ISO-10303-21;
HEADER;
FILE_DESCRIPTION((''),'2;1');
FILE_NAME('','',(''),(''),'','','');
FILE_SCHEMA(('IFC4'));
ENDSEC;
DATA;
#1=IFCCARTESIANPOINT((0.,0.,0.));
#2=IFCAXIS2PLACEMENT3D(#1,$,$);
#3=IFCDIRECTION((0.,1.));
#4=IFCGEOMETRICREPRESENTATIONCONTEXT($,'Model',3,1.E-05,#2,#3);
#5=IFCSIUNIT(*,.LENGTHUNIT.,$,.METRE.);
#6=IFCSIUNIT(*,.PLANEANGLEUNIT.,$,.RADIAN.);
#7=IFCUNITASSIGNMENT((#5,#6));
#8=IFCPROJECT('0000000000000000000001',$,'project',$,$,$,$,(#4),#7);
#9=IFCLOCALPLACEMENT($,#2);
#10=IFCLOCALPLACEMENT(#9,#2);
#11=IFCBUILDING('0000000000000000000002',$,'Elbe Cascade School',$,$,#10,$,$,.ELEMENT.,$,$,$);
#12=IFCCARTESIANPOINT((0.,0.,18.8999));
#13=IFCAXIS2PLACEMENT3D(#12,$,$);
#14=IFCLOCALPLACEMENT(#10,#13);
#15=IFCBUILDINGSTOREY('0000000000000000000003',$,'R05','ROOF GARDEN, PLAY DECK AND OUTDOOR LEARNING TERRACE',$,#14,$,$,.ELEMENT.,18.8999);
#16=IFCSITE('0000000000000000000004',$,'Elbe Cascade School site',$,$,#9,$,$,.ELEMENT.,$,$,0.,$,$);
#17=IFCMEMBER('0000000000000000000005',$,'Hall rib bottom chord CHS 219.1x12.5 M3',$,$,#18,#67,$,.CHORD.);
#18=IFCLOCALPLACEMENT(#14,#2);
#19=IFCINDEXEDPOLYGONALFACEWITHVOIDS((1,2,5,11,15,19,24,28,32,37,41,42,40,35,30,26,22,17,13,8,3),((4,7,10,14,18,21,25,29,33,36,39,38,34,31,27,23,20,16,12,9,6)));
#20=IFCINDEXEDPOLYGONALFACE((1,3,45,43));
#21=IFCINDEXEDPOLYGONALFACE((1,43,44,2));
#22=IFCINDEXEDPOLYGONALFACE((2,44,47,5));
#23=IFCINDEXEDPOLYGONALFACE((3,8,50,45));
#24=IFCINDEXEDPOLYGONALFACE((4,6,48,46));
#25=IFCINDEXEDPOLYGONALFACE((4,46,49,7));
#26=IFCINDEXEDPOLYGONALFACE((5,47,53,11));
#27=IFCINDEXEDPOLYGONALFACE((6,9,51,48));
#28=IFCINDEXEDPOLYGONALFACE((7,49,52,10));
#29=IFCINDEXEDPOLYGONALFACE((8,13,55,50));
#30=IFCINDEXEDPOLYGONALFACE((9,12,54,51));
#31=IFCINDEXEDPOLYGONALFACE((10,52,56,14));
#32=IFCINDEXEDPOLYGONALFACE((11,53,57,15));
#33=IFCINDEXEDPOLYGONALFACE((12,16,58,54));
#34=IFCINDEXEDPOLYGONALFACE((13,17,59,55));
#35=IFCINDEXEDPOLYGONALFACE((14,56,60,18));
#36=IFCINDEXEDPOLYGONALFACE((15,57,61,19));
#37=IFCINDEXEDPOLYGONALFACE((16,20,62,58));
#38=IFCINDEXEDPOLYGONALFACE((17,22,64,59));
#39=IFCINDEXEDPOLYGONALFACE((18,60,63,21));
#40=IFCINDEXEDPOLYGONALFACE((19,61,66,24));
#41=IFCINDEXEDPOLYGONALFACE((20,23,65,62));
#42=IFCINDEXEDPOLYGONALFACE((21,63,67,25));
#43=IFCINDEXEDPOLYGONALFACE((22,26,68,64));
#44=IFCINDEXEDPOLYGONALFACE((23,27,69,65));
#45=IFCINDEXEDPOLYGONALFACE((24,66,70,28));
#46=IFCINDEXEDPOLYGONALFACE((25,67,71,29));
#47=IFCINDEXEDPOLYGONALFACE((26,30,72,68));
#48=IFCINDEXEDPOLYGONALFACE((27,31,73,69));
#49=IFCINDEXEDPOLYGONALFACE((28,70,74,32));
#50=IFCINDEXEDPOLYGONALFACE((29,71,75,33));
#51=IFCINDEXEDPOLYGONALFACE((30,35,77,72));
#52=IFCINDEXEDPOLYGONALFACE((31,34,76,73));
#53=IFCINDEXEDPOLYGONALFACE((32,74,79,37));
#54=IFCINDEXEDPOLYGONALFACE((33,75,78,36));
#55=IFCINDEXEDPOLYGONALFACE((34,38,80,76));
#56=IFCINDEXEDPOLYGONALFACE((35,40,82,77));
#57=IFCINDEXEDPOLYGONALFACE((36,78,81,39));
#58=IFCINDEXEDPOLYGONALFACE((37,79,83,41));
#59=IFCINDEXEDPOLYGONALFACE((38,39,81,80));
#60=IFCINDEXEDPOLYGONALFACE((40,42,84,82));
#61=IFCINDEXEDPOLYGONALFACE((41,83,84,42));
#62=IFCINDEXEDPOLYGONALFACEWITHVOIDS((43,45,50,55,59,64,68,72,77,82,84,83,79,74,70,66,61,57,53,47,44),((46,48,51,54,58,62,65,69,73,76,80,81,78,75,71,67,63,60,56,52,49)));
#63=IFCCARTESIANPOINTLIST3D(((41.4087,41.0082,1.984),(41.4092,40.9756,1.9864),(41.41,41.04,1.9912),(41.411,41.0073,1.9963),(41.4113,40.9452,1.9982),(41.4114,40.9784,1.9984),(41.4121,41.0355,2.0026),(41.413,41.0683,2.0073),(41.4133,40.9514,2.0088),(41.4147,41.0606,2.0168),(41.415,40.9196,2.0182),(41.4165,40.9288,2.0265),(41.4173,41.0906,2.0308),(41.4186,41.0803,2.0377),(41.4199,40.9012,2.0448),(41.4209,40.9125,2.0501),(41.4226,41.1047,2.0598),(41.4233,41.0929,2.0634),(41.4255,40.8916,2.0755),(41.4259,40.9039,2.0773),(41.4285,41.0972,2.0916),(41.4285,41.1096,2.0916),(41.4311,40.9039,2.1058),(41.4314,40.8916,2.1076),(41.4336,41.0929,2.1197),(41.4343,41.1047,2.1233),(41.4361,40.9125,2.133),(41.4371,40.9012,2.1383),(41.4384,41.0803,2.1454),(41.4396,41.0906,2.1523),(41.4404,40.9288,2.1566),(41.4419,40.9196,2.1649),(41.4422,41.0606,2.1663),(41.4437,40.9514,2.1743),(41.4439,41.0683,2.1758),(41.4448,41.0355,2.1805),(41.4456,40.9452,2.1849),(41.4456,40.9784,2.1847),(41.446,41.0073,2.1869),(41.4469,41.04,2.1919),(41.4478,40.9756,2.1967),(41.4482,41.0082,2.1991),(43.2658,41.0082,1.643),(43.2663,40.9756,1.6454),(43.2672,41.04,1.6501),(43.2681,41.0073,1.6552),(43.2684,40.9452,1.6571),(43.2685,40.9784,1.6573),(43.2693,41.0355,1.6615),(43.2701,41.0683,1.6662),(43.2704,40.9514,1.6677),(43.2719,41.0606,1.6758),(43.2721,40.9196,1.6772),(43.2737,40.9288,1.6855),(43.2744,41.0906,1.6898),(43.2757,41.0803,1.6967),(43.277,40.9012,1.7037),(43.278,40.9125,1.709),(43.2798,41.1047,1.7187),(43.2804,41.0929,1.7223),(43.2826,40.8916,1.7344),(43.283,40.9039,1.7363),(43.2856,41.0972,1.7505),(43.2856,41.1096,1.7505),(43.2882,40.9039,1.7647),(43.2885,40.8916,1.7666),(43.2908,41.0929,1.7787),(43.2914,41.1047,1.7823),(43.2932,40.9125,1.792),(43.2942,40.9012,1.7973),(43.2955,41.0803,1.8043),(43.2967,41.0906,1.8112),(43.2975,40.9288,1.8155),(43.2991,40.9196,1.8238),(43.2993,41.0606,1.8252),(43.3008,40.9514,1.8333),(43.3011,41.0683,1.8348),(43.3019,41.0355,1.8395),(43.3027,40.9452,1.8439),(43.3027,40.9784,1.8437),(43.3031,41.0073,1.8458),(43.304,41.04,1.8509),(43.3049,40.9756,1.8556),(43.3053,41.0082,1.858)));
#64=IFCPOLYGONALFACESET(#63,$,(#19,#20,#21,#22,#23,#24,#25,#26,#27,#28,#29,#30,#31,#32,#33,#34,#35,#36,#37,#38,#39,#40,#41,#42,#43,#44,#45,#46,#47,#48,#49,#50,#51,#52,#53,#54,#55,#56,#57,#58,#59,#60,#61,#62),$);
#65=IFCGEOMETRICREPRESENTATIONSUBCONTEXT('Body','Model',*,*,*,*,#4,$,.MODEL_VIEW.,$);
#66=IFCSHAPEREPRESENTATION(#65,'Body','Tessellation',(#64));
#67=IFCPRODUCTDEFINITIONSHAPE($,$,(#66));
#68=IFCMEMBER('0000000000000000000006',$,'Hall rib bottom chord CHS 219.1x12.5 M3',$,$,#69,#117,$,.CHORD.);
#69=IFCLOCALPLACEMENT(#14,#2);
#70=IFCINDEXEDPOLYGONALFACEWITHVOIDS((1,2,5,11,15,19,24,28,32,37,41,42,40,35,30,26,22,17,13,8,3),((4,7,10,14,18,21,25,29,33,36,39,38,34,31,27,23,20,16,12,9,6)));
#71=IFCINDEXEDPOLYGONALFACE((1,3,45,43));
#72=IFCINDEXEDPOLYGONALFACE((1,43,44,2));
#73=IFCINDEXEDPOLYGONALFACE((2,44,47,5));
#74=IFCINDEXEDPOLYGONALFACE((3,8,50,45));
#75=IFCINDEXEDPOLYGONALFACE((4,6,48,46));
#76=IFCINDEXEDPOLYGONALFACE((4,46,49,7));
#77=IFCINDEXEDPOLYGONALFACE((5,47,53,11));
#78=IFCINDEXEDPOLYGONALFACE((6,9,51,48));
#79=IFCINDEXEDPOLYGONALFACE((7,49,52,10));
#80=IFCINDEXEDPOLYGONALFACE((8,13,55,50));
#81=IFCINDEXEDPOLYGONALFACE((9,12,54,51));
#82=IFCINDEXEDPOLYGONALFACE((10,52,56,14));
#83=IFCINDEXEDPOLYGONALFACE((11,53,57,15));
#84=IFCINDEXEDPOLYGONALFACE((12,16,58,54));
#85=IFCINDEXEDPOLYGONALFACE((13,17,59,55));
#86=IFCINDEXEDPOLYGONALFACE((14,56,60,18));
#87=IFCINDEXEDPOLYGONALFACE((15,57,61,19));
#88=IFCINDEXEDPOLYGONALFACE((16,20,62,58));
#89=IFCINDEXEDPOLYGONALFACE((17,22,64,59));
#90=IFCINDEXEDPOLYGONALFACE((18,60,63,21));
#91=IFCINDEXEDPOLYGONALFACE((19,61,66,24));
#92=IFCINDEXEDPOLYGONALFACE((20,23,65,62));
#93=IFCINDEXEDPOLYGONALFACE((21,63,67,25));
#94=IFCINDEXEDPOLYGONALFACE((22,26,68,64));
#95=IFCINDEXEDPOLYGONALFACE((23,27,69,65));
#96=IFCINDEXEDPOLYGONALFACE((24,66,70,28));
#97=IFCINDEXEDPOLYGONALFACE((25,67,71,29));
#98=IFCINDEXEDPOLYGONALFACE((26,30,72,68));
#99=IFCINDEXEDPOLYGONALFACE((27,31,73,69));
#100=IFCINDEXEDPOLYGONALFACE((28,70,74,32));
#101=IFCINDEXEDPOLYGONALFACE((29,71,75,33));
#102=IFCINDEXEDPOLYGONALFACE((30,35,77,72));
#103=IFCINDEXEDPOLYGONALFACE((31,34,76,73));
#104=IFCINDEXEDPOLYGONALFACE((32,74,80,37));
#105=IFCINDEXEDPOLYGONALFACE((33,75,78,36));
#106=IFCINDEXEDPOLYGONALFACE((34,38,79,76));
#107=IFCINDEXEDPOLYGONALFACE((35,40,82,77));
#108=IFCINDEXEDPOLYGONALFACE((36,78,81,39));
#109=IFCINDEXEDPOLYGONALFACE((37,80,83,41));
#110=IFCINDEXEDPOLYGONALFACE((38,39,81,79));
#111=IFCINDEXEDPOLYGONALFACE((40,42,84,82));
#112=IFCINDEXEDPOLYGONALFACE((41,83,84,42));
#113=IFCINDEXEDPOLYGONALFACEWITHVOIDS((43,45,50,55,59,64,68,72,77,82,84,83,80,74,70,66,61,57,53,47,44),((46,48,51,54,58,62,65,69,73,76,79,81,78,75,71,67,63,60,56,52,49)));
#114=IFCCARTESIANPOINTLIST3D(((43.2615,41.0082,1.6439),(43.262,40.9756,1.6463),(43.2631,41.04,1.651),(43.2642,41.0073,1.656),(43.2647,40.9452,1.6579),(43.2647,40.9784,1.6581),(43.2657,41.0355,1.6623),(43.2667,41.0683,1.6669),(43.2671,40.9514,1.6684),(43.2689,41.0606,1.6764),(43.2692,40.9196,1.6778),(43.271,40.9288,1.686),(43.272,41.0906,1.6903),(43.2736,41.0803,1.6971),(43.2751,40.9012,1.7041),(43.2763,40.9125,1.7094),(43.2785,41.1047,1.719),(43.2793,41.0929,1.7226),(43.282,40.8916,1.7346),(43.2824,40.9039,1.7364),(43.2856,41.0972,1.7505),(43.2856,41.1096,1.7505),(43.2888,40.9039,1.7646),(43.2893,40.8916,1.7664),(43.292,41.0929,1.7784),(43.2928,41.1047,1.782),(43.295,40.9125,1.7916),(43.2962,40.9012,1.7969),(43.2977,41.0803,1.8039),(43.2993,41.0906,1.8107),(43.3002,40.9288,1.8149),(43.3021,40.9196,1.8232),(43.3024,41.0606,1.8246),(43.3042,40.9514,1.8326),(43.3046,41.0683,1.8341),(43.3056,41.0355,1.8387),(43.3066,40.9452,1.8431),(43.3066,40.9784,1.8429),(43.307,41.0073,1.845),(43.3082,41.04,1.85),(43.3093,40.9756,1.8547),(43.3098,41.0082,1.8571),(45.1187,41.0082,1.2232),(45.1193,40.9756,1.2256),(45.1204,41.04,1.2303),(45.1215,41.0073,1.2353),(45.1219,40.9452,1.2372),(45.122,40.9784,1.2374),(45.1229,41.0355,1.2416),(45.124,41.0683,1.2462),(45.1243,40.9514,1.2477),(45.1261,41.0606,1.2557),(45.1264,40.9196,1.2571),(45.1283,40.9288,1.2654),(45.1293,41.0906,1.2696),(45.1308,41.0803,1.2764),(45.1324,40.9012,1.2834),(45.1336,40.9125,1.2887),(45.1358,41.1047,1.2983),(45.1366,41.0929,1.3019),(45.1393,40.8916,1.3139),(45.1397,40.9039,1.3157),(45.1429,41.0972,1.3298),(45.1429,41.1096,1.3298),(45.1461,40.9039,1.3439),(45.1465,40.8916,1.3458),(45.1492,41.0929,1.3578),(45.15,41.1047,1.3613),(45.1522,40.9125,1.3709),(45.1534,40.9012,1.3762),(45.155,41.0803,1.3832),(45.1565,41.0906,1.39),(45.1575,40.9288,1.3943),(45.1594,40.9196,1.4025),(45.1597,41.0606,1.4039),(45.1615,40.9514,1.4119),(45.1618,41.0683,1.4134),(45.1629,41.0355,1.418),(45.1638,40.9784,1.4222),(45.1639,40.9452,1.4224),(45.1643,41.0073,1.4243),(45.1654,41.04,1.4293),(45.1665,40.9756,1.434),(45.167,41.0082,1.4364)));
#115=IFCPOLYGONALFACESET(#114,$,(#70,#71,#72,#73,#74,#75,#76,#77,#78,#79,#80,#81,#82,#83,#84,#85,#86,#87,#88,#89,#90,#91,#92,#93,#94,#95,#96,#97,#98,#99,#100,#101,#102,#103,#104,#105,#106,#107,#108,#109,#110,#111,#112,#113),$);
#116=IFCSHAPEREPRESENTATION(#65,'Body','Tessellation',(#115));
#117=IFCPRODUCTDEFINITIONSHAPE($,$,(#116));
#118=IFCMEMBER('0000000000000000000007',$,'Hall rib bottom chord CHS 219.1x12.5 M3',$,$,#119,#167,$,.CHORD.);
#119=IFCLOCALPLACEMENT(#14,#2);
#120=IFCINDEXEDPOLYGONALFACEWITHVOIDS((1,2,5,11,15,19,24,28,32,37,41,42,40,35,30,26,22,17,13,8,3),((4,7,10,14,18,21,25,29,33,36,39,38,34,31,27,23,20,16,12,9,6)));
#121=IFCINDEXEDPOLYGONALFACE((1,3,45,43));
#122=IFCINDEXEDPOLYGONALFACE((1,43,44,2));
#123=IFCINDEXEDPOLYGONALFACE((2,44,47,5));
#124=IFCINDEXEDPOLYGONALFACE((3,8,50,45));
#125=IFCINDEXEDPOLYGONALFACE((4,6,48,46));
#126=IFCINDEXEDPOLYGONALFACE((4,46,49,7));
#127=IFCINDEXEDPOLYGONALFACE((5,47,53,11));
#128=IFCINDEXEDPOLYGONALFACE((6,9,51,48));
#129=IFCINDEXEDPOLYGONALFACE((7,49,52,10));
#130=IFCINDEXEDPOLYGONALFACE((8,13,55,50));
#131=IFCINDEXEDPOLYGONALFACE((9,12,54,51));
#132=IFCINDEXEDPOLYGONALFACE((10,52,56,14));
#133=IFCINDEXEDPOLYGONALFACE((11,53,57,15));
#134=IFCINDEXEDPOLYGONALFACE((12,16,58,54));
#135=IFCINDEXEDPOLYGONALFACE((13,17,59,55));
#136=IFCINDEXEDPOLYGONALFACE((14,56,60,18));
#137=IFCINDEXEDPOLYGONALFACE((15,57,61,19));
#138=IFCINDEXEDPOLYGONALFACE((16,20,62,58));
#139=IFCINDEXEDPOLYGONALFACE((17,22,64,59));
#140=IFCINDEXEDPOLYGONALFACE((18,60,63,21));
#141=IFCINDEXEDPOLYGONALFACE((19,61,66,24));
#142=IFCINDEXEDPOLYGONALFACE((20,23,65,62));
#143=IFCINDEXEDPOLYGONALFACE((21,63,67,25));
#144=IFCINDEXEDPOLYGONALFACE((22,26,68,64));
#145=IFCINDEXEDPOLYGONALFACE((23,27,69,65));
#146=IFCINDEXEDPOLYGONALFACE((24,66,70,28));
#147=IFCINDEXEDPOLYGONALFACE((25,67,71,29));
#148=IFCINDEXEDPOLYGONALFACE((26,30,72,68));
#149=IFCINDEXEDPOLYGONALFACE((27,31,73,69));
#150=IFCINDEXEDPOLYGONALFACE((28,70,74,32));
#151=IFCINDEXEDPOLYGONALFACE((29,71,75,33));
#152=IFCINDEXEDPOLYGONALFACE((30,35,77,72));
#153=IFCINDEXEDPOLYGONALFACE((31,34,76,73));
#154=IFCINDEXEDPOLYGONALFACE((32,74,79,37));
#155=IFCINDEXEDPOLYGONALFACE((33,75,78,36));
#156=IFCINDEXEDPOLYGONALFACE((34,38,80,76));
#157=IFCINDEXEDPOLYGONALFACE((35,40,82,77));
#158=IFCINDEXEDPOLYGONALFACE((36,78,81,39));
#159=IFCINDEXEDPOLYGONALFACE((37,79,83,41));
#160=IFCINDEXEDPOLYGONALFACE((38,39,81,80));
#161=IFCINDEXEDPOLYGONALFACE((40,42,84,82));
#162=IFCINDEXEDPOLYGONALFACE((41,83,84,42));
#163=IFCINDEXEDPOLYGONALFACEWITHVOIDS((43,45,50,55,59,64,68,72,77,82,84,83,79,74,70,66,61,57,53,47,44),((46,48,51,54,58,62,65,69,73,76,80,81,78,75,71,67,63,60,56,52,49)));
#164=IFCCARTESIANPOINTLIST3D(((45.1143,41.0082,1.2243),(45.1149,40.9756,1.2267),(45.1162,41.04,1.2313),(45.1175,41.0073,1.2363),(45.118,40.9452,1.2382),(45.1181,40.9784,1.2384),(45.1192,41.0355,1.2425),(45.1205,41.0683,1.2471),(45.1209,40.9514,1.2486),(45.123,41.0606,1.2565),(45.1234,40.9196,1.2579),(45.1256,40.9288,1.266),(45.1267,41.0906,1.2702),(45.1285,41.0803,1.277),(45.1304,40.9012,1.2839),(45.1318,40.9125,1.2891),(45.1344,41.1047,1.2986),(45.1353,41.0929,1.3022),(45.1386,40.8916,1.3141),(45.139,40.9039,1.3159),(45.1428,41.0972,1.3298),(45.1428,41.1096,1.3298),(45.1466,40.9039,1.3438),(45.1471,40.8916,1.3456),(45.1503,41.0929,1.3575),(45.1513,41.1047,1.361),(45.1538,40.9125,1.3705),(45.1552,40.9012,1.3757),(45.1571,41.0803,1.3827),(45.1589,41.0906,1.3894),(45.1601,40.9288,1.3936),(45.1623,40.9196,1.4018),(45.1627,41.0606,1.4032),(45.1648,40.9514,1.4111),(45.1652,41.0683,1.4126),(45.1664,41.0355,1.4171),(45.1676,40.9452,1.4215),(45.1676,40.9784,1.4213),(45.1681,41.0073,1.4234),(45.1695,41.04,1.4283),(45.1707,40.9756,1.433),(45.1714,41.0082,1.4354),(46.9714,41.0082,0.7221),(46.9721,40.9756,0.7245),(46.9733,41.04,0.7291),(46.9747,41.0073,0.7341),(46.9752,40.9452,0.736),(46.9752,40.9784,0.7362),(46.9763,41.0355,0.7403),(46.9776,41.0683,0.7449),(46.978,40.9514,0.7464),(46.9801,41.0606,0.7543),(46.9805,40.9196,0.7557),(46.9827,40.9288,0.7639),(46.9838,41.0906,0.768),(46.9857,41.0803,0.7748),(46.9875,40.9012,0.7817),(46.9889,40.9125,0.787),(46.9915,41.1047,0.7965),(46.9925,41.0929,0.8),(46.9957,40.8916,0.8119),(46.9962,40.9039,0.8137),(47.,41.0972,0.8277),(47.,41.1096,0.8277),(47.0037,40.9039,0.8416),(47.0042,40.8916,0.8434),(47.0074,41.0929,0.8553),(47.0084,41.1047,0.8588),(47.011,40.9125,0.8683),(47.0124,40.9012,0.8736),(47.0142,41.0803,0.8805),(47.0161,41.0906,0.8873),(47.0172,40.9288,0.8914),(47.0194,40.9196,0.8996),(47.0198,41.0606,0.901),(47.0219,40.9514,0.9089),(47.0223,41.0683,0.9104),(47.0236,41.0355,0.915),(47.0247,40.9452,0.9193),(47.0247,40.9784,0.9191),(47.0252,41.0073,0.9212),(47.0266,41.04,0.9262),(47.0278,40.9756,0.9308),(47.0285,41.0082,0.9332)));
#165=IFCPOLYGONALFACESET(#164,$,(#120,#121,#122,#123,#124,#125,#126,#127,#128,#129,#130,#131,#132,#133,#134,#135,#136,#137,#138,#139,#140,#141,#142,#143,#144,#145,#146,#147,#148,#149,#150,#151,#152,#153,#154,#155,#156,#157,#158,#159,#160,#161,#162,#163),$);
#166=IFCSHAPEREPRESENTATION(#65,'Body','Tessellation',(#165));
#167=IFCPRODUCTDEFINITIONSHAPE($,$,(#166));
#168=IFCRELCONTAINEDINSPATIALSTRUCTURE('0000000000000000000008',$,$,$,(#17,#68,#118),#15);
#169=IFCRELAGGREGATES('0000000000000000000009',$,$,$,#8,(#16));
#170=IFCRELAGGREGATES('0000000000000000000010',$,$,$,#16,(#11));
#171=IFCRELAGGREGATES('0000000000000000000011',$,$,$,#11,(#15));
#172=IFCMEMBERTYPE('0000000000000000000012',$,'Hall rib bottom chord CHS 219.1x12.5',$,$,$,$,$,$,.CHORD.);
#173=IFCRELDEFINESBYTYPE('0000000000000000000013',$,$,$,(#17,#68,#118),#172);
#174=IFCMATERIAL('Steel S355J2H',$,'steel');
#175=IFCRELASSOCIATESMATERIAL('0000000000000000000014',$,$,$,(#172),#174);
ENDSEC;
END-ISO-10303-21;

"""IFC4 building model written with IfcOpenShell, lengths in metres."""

from ifc_helpers import new_model, si_unit, direction, frame, origin, origin_2d, place, context, subcontext, project, spatial, hollow_circle, extrude, material, material_profile, profile_set, type_object, element, save


model = new_model("IFC4")

# Units and contexts
model_context = context("Model", 3, precision=1e-05, world=origin(), true_north=direction((0.0, 1.0)))
body_context = subcontext(model_context, "Body", "Model", "MODEL_VIEW")
ifc_project = project(units=[si_unit("LENGTHUNIT", "METRE"), si_unit("PLANEANGLEUNIT", "RADIAN")], contexts=[model_context])

# Site, building, storey
site_placement = place(None, origin())
site = spatial("IfcSite", under=ifc_project, at=site_placement, Name="Elbe Cascade School site", CompositionType="ELEMENT", RefElevation=0.0)
building_placement = place(site_placement, origin())
building = spatial("IfcBuilding", under=site, at=building_placement, Name="Elbe Cascade School", CompositionType="ELEMENT")
storey_placement = place(building_placement, frame((0.0, 0.0, 18.8999)))
storey = spatial("IfcBuildingStorey", under=building, at=storey_placement, Name="R05", Description="ROOF GARDEN, PLAY DECK AND OUTDOOR LEARNING TERRACE", CompositionType="ELEMENT", Elevation=18.8999)

# Members
ifc_material_1 = material(Name="Steel S355J2H", Category="steel")
ifc_material_profile_1 = material_profile(ifc_material_1, hollow_circle(Radius=0.1096, WallThickness=0.0125, at=origin_2d()), Name="CHS 219.1x12.5")
ifc_profile_set_1 = profile_set([ifc_material_profile_1], Name="Steel S355J2H")
member_type_1 = type_object("IfcMemberType", Name="Hall rib bottom chord CHS 219.1x12.5", PredefinedType="CHORD", material=ifc_profile_set_1)
member_1_placement = place(storey_placement, frame((41.4285, 41.0, 2.0916), z_axis=(0.983552, 0.0, -0.180626), x_axis=(0.0, 1.0, 0.0)))
element("IfcMember", 1, at=member_1_placement, inside=storey, type_object=member_type_1, Name="Hall rib bottom chord CHS 219.1x12.5 M3", PredefinedType="CHORD", context=body_context, shape_type="SweptSolid", body=[
    extrude(hollow_circle(Radius=0.1096, WallThickness=0.0125, at=origin_2d()), origin(), (0.0, 0.0, 1.0), 1.8882),
])
member_2_placement = place(storey_placement, frame((43.2856, 41.0, 1.7505), z_axis=(0.975295, 0.0, -0.220906), x_axis=(0.0, 1.0, 0.0)))
element("IfcMember", 2, at=member_2_placement, inside=storey, type_object=member_type_1, Name="Hall rib bottom chord CHS 219.1x12.5 M3", PredefinedType="CHORD", context=body_context, shape_type="SweptSolid", body=[
    extrude(hollow_circle(Radius=0.1096, WallThickness=0.0125, at=origin_2d()), origin(), (0.0, 0.0, 1.0), 1.9043),
])
member_3_placement = place(storey_placement, frame((45.1428, 41.0, 1.3298), z_axis=(0.96533, 0.0, -0.261034), x_axis=(0.0, 1.0, 0.0)))
element("IfcMember", 3, at=member_3_placement, inside=storey, type_object=member_type_1, Name="Hall rib bottom chord CHS 219.1x12.5 M3", PredefinedType="CHORD", context=body_context, shape_type="SweptSolid", body=[
    extrude(hollow_circle(Radius=0.1096, WallThickness=0.0125, at=origin_2d()), origin(), (0.0, 0.0, 1.0), 1.9238),
])

save(model, "model.ifc")
